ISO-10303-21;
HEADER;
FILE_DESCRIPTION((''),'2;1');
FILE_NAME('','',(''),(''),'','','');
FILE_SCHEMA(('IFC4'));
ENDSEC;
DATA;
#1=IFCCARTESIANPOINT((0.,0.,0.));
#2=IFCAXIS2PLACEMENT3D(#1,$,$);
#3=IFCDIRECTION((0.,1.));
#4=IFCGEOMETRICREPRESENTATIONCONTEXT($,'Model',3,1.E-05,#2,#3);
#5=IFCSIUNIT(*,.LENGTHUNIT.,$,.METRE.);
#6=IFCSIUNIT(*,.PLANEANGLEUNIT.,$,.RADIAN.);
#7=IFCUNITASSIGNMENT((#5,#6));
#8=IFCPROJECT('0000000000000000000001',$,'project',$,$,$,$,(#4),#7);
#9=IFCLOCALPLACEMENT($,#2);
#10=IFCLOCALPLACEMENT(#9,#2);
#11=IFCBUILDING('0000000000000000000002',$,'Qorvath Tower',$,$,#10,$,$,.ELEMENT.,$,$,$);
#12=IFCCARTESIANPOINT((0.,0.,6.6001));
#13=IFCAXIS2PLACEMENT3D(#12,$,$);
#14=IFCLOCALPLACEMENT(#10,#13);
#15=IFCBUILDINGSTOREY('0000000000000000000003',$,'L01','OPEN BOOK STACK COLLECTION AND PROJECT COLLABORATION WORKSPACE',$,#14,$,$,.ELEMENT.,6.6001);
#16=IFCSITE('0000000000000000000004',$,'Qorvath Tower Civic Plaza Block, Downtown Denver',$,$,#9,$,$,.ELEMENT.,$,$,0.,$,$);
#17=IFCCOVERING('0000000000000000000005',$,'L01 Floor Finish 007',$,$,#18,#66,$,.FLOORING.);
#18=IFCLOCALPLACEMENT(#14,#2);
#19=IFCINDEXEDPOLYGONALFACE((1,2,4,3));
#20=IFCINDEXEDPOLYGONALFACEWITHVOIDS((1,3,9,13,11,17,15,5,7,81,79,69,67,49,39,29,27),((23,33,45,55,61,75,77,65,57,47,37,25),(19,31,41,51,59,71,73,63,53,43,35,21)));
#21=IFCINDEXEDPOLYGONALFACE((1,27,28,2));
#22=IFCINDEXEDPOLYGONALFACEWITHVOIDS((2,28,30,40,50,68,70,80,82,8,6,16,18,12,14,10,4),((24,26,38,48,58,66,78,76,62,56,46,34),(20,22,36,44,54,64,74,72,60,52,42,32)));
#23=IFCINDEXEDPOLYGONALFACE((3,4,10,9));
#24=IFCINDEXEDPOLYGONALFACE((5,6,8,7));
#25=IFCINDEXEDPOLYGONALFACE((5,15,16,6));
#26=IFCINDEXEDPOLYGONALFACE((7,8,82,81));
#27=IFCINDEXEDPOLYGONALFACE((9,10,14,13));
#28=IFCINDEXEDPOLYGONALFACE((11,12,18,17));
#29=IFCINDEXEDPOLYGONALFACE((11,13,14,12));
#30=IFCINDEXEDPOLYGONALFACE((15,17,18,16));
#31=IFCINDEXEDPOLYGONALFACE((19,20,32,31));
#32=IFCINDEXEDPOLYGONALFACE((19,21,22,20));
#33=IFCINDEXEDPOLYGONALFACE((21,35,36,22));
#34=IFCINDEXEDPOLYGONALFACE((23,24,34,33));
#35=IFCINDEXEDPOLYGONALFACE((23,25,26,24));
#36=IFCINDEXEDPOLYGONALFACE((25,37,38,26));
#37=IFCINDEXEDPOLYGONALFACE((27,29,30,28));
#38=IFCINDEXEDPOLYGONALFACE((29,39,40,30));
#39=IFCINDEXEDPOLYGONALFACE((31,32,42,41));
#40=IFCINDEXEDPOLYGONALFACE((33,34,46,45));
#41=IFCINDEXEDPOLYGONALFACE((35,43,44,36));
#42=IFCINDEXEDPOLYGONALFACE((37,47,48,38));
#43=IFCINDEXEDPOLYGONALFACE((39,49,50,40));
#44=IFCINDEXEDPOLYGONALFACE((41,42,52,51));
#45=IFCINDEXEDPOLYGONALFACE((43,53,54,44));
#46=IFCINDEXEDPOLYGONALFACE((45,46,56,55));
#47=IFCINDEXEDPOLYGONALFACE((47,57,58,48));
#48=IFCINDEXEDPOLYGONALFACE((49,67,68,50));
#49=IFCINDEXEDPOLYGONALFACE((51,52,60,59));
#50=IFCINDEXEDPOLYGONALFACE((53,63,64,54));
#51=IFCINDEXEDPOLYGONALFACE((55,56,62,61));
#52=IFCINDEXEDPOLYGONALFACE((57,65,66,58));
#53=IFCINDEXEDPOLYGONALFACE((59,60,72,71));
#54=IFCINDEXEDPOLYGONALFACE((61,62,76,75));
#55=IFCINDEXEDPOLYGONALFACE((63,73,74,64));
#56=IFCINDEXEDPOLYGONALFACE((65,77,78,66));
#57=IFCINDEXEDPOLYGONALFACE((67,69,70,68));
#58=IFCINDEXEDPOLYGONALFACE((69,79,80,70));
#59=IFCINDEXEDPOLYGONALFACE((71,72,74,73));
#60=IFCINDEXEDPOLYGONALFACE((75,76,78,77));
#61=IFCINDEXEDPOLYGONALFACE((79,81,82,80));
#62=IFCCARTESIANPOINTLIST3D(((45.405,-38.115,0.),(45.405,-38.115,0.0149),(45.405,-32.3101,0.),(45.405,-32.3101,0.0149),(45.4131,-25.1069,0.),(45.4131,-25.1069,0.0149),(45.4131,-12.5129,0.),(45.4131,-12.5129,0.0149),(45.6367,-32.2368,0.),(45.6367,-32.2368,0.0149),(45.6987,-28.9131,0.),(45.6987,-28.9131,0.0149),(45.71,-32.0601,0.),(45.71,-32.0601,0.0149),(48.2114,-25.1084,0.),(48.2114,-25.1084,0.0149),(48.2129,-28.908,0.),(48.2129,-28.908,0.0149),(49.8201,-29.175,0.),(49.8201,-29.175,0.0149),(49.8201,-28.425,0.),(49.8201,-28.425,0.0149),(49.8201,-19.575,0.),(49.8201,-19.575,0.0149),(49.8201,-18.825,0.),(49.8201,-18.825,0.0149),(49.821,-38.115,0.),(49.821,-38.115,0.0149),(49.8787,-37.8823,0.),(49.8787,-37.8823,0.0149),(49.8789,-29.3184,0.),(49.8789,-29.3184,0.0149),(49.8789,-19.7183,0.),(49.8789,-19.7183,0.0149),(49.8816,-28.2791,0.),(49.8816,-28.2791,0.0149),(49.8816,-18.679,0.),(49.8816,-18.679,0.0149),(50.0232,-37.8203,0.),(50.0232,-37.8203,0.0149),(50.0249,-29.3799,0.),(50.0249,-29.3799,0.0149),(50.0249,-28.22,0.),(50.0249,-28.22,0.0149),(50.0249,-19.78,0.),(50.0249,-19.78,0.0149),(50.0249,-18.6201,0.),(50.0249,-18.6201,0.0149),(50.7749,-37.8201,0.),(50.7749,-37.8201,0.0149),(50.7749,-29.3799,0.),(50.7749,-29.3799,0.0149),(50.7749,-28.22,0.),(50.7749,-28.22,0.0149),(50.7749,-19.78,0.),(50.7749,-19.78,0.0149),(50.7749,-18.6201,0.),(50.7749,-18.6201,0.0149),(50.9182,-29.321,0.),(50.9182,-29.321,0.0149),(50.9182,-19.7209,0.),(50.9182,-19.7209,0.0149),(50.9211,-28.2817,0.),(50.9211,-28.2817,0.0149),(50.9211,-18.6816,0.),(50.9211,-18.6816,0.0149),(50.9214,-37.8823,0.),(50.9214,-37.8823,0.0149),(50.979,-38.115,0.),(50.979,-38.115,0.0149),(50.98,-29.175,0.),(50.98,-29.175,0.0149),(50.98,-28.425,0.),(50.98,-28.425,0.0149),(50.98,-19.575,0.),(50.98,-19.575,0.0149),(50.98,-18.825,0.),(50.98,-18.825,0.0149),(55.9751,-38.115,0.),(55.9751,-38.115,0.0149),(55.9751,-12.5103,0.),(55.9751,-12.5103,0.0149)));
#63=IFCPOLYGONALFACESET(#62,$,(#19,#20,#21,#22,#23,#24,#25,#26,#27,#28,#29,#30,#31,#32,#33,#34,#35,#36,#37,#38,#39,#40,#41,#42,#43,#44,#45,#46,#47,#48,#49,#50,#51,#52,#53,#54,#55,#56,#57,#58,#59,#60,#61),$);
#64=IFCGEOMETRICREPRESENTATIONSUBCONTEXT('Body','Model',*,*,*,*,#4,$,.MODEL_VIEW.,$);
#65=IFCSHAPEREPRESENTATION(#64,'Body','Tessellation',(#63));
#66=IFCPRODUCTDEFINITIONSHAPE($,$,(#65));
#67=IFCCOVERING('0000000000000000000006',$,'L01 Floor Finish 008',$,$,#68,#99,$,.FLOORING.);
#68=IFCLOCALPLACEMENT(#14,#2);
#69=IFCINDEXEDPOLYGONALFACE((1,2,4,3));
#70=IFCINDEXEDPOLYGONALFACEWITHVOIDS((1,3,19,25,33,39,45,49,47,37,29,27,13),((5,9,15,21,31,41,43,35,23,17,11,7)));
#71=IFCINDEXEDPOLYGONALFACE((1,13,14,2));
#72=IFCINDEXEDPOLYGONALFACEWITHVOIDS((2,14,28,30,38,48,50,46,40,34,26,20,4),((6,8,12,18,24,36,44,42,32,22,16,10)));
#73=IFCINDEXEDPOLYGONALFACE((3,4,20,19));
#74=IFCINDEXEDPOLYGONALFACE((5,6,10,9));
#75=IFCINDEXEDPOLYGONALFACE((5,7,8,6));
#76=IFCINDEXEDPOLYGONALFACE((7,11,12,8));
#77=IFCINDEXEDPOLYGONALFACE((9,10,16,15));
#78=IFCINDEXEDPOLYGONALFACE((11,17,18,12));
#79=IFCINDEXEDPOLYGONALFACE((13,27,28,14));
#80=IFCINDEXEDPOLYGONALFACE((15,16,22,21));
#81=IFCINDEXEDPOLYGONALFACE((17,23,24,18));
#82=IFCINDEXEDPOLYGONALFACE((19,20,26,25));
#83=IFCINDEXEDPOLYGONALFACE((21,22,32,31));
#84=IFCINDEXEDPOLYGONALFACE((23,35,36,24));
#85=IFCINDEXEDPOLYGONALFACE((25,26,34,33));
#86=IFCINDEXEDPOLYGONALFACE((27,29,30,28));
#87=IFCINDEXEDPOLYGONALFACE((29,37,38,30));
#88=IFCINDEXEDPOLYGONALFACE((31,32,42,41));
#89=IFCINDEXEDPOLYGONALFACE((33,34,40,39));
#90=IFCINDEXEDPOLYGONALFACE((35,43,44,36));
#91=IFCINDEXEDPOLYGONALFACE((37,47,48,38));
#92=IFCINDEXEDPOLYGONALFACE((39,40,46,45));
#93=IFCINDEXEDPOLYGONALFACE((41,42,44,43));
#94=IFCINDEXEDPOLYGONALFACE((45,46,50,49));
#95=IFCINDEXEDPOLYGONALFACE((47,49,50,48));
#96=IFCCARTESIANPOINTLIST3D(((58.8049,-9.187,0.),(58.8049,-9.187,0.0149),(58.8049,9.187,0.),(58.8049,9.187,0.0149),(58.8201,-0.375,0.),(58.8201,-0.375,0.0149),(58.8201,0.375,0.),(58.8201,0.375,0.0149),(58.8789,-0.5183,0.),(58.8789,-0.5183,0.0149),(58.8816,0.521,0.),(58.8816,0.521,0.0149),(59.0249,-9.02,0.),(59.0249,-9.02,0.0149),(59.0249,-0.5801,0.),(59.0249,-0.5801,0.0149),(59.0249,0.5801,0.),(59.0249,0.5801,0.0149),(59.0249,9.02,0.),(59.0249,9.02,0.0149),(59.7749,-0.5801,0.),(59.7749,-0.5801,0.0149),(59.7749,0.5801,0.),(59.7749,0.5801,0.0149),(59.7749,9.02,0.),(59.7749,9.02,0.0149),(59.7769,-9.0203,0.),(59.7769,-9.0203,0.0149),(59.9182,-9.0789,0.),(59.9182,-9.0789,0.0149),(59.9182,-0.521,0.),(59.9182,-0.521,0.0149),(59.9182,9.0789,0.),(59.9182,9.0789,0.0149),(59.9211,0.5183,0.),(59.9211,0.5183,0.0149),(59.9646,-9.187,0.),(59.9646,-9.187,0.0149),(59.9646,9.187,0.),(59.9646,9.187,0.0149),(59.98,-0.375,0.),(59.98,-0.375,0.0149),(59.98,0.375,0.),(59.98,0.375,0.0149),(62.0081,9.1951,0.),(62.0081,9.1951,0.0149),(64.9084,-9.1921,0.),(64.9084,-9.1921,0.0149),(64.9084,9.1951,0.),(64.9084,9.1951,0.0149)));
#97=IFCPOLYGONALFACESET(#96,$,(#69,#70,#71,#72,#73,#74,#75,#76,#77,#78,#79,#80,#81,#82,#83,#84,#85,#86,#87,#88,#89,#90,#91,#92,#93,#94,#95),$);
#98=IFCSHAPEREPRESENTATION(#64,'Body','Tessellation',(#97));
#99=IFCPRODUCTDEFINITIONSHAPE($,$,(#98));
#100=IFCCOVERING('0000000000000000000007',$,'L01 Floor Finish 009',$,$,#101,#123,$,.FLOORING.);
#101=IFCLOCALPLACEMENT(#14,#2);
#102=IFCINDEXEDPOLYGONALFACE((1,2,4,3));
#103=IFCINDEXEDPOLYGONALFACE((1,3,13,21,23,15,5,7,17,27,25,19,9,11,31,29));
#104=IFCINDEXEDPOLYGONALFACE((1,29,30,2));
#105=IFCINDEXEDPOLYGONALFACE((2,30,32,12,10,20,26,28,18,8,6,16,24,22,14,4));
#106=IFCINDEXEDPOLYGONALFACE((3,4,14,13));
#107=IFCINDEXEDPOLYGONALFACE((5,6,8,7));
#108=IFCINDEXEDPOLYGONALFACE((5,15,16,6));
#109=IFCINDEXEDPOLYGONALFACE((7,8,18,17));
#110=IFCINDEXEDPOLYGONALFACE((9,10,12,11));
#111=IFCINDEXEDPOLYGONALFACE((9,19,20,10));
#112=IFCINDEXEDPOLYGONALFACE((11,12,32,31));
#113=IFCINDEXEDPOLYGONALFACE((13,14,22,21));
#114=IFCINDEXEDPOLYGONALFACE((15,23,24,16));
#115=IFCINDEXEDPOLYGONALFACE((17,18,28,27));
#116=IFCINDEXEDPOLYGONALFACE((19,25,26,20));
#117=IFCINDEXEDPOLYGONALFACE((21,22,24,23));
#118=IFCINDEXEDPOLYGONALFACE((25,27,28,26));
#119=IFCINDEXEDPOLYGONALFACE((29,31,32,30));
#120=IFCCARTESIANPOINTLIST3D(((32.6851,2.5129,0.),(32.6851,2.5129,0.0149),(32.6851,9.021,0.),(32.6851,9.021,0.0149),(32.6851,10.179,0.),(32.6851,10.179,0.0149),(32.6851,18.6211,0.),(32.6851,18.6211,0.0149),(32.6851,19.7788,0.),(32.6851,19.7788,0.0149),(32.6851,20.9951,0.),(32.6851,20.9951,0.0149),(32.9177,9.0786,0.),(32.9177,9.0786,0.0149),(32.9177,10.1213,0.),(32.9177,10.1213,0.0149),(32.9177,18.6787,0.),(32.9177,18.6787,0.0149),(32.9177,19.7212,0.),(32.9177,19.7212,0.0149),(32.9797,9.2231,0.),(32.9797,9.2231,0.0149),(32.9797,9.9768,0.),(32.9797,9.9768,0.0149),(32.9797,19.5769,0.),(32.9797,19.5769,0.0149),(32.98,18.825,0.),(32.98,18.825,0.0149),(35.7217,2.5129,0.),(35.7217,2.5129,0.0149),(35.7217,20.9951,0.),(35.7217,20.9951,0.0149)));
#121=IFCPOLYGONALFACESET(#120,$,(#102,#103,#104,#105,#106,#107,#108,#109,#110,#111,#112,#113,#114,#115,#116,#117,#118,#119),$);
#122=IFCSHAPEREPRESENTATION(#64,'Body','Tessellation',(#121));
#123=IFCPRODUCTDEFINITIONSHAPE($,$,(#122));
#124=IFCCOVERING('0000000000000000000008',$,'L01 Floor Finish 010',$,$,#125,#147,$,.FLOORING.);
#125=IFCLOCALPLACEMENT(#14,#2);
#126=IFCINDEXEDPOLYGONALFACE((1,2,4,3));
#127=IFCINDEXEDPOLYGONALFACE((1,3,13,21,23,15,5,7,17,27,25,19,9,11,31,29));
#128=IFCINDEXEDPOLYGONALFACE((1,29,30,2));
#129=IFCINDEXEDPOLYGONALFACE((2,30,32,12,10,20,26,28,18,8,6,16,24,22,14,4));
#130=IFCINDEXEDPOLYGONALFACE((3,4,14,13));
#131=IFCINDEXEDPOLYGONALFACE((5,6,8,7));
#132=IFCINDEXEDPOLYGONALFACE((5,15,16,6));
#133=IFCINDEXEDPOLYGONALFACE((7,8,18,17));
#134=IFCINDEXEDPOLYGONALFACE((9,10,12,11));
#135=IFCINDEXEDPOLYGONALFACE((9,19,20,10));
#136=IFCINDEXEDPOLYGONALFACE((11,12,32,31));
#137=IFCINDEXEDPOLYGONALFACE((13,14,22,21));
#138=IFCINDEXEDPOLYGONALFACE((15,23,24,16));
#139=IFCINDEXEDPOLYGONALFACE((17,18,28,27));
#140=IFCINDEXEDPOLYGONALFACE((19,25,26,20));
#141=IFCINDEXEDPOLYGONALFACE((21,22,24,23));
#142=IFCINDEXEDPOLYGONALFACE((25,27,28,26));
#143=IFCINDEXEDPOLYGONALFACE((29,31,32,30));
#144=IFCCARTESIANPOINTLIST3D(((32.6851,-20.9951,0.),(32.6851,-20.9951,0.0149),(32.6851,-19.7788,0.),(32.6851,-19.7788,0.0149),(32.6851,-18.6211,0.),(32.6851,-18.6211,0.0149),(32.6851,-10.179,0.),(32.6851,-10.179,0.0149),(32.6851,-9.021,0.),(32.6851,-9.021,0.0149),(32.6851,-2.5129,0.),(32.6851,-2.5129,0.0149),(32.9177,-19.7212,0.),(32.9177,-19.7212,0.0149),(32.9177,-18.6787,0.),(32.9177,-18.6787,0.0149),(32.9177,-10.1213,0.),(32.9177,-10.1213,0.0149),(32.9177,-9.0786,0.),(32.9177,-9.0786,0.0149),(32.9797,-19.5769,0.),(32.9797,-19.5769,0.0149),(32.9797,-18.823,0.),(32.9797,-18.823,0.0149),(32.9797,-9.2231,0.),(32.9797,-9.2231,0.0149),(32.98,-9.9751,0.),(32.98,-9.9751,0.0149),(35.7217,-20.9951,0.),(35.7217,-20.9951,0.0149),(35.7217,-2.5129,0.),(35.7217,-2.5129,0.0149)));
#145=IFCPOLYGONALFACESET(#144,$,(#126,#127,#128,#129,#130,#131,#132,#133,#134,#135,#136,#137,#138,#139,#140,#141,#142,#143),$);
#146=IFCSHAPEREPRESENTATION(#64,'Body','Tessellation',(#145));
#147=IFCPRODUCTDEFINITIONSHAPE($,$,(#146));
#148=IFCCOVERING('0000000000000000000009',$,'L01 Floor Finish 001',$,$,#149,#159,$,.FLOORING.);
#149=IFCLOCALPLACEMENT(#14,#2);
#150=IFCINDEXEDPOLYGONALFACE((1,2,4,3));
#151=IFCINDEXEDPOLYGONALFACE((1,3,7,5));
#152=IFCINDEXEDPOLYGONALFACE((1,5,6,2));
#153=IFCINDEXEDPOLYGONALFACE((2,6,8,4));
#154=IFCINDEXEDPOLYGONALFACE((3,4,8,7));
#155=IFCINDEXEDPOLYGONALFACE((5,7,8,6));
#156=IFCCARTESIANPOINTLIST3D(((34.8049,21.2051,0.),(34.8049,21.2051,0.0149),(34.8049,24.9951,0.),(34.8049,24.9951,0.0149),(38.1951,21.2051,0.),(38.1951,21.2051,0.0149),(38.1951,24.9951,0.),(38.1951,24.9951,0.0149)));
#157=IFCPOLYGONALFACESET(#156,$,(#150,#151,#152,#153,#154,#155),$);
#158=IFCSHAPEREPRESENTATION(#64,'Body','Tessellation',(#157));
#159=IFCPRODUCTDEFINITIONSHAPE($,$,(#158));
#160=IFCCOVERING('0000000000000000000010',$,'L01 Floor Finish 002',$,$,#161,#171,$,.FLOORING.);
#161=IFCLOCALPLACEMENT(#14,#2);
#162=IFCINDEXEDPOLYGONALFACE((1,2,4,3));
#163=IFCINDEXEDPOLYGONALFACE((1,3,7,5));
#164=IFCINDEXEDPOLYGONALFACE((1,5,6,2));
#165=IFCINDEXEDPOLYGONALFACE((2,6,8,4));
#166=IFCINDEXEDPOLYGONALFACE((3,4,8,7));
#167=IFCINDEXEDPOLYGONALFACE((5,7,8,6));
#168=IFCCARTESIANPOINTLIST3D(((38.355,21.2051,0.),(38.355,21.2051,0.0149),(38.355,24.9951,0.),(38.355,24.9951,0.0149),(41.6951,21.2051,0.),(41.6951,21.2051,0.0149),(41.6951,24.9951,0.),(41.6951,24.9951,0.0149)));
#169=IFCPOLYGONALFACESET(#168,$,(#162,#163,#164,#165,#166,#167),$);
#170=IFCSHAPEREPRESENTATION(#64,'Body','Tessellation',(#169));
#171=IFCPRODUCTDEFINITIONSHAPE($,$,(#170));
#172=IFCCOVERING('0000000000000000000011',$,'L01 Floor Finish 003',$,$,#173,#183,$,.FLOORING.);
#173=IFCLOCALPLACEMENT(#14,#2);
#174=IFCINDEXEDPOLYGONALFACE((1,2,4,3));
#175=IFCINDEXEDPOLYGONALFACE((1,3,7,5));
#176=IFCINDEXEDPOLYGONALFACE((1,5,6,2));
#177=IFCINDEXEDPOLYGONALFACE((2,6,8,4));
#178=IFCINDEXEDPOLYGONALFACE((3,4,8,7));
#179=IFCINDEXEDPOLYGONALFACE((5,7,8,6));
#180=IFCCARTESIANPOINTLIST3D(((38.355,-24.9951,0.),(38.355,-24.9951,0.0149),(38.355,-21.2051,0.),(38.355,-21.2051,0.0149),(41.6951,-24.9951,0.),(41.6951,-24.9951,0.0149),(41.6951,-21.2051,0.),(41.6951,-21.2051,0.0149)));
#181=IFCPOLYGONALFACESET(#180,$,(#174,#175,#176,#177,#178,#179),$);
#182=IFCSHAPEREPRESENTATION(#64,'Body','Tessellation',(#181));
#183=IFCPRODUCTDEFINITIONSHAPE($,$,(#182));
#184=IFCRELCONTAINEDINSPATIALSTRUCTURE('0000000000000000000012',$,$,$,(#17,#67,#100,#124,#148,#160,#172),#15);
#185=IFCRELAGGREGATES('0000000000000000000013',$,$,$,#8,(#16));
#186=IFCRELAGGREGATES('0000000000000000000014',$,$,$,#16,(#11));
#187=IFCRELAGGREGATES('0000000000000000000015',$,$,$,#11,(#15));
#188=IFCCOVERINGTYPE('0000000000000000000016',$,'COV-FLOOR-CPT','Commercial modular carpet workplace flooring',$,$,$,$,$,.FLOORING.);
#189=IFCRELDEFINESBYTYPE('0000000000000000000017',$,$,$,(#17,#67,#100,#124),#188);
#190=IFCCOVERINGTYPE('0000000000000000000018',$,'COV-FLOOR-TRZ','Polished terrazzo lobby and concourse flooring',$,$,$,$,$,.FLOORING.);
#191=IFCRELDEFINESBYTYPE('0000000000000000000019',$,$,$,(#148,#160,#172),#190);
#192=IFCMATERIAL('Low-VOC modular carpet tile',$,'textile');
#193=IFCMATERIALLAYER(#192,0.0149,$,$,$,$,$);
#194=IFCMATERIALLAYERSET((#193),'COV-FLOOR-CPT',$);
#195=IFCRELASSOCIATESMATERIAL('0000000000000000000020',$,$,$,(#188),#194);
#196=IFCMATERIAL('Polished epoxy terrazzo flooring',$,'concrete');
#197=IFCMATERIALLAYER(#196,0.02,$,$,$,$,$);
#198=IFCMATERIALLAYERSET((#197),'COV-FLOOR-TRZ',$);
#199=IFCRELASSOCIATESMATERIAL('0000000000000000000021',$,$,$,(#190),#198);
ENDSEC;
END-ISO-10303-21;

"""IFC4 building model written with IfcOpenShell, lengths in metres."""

from ifc_helpers import new_model, si_unit, direction, frame, origin, place, context, subcontext, project, spatial, polyline, outline, extrude, material, layer, layer_set, type_object, element, save


model = new_model("IFC4")

# Units and contexts
model_context = context("Model", 3, precision=1e-05, world=origin(), true_north=direction((0.0, 1.0)))
body_context = subcontext(model_context, "Body", "Model", "MODEL_VIEW")
ifc_project = project(units=[si_unit("LENGTHUNIT", "METRE"), si_unit("PLANEANGLEUNIT", "RADIAN")], contexts=[model_context])

# Site, building, storey
site_placement = place(None, origin())
site = spatial("IfcSite", under=ifc_project, at=site_placement, Name="Qorvath Tower Civic Plaza Block, Downtown Denver", CompositionType="ELEMENT", RefElevation=0.0)
building_placement = place(site_placement, origin())
building = spatial("IfcBuilding", under=site, at=building_placement, Name="Qorvath Tower", CompositionType="ELEMENT")
storey_placement = place(building_placement, frame((0.0, 0.0, 6.6001)))
storey = spatial("IfcBuildingStorey", under=building, at=storey_placement, Name="L01", Description="OPEN BOOK STACK COLLECTION AND PROJECT COLLABORATION WORKSPACE", CompositionType="ELEMENT", Elevation=6.6001)

# Coverings
ifc_material_1 = material(Name="Low-VOC modular carpet tile", Category="textile")
ifc_layer_1 = layer(ifc_material_1, 0.0149)
ifc_layer_set_1 = layer_set([ifc_layer_1], Name="COV-FLOOR-CPT")
covering_type_1 = type_object("IfcCoveringType", Name="COV-FLOOR-CPT", Description="Commercial modular carpet workplace flooring", PredefinedType="FLOORING", material=ifc_layer_set_1)
covering_1_placement = place(storey_placement, origin())
element("IfcCovering", 1, at=covering_1_placement, inside=storey, type_object=covering_type_1, Name="L01 Floor Finish 007", PredefinedType="FLOORING", context=body_context, shape_type="SweptSolid", body=[
    extrude(outline(polyline([(55.9751, -38.115), (55.9751, -12.5103), (45.4131, -12.5129), (45.4131, -25.1069), (48.2114, -25.1084), (48.2129, -28.908), (45.6987, -28.9131), (45.71, -32.0601), (45.6367, -32.2368), (45.405, -32.3101), (45.405, -38.115), (49.821, -38.115), (49.8787, -37.8823), (50.0232, -37.8203), (50.7749, -37.8201), (50.9214, -37.8823), (50.979, -38.115), (55.9751, -38.115)]), holes=[polyline([(50.9211, -28.2817), (50.98, -28.425), (50.98, -29.175), (50.9182, -29.321), (50.7749, -29.3799), (50.0249, -29.3799), (49.8789, -29.3184), (49.8201, -29.175), (49.8201, -28.425), (49.8816, -28.2791), (50.0249, -28.22), (50.7749, -28.22), (50.9211, -28.2817)]), polyline([(50.9211, -18.6816), (50.98, -18.825), (50.98, -19.575), (50.9182, -19.7209), (50.7749, -19.78), (50.0249, -19.78), (49.8789, -19.7183), (49.8201, -19.575), (49.8201, -18.825), (49.8816, -18.679), (50.0249, -18.6201), (50.7749, -18.6201), (50.9211, -18.6816)])]), origin(), (0.0, 0.0, 1.0), 0.0149),
])
covering_2_placement = place(storey_placement, origin())
element("IfcCovering", 2, at=covering_2_placement, inside=storey, type_object=covering_type_1, Name="L01 Floor Finish 008", PredefinedType="FLOORING", context=body_context, shape_type="SweptSolid", body=[
    extrude(outline(polyline([(59.7769, -9.0203), (59.9182, -9.0789), (59.9646, -9.187), (64.9084, -9.1921), (64.9084, 9.1951), (62.0081, 9.1951), (59.9646, 9.187), (59.9182, 9.0789), (59.7749, 9.02), (59.0249, 9.02), (58.8049, 9.187), (58.8049, -9.187), (59.0249, -9.02), (59.7769, -9.0203)]), holes=[polyline([(59.9211, 0.5183), (59.98, 0.375), (59.98, -0.375), (59.9182, -0.521), (59.7749, -0.5801), (59.0249, -0.5801), (58.8789, -0.5183), (58.8201, -0.375), (58.8201, 0.375), (58.8816, 0.521), (59.0249, 0.5801), (59.7749, 0.5801), (59.9211, 0.5183)])]), origin(), (0.0, 0.0, 1.0), 0.0149),
])
covering_3_placement = place(storey_placement, origin())
element("IfcCovering", 3, at=covering_3_placement, inside=storey, type_object=covering_type_1, Name="L01 Floor Finish 009", PredefinedType="FLOORING", context=body_context, shape_type="SweptSolid", body=[
    extrude(outline(polyline([(32.9797, 9.2231), (32.9177, 9.0786), (32.6851, 9.021), (32.6851, 2.5129), (35.7217, 2.5129), (35.7217, 20.9951), (32.6851, 20.9951), (32.6851, 19.7788), (32.9177, 19.7212), (32.9797, 19.5769), (32.98, 18.825), (32.9177, 18.6787), (32.6851, 18.6211), (32.6851, 10.179), (32.9177, 10.1213), (32.9797, 9.9768), (32.9797, 9.2231)])), origin(), (0.0, 0.0, 1.0), 0.0149),
])
covering_4_placement = place(storey_placement, origin())
element("IfcCovering", 4, at=covering_4_placement, inside=storey, type_object=covering_type_1, Name="L01 Floor Finish 010", PredefinedType="FLOORING", context=body_context, shape_type="SweptSolid", body=[
    extrude(outline(polyline([(32.9797, -19.5769), (32.9177, -19.7212), (32.6851, -19.7788), (32.6851, -20.9951), (35.7217, -20.9951), (35.7217, -2.5129), (32.6851, -2.5129), (32.6851, -9.021), (32.9177, -9.0786), (32.9797, -9.2231), (32.98, -9.9751), (32.9177, -10.1213), (32.6851, -10.179), (32.6851, -18.6211), (32.9177, -18.6787), (32.9797, -18.823), (32.9797, -19.5769)])), origin(), (0.0, 0.0, 1.0), 0.0149),
])
ifc_material_2 = material(Name="Polished epoxy terrazzo flooring", Category="concrete")
ifc_layer_2 = layer(ifc_material_2, 0.02)
ifc_layer_set_2 = layer_set([ifc_layer_2], Name="COV-FLOOR-TRZ")
covering_type_2 = type_object("IfcCoveringType", Name="COV-FLOOR-TRZ", Description="Polished terrazzo lobby and concourse flooring", PredefinedType="FLOORING", material=ifc_layer_set_2)
covering_5_placement = place(storey_placement, origin())
element("IfcCovering", 5, at=covering_5_placement, inside=storey, type_object=covering_type_2, Name="L01 Floor Finish 001", PredefinedType="FLOORING", context=body_context, shape_type="SweptSolid", body=[
    extrude(outline(polyline([(38.1951, 24.9951), (34.8049, 24.9951), (34.8049, 21.2051), (38.1951, 21.2051), (38.1951, 24.9951)])), origin(), (0.0, 0.0, 1.0), 0.0149),
])
covering_6_placement = place(storey_placement, origin())
element("IfcCovering", 6, at=covering_6_placement, inside=storey, type_object=covering_type_2, Name="L01 Floor Finish 002", PredefinedType="FLOORING", context=body_context, shape_type="SweptSolid", body=[
    extrude(outline(polyline([(41.6951, 24.9951), (38.355, 24.9951), (38.355, 21.2051), (41.6951, 21.2051), (41.6951, 24.9951)])), origin(), (0.0, 0.0, 1.0), 0.0149),
])
covering_7_placement = place(storey_placement, origin())
element("IfcCovering", 7, at=covering_7_placement, inside=storey, type_object=covering_type_2, Name="L01 Floor Finish 003", PredefinedType="FLOORING", context=body_context, shape_type="SweptSolid", body=[
    extrude(outline(polyline([(41.6951, -21.2051), (38.355, -21.2051), (38.355, -24.9951), (41.6951, -24.9951), (41.6951, -21.2051)])), origin(), (0.0, 0.0, 1.0), 0.0149),
])

save(model, "model.ifc")
